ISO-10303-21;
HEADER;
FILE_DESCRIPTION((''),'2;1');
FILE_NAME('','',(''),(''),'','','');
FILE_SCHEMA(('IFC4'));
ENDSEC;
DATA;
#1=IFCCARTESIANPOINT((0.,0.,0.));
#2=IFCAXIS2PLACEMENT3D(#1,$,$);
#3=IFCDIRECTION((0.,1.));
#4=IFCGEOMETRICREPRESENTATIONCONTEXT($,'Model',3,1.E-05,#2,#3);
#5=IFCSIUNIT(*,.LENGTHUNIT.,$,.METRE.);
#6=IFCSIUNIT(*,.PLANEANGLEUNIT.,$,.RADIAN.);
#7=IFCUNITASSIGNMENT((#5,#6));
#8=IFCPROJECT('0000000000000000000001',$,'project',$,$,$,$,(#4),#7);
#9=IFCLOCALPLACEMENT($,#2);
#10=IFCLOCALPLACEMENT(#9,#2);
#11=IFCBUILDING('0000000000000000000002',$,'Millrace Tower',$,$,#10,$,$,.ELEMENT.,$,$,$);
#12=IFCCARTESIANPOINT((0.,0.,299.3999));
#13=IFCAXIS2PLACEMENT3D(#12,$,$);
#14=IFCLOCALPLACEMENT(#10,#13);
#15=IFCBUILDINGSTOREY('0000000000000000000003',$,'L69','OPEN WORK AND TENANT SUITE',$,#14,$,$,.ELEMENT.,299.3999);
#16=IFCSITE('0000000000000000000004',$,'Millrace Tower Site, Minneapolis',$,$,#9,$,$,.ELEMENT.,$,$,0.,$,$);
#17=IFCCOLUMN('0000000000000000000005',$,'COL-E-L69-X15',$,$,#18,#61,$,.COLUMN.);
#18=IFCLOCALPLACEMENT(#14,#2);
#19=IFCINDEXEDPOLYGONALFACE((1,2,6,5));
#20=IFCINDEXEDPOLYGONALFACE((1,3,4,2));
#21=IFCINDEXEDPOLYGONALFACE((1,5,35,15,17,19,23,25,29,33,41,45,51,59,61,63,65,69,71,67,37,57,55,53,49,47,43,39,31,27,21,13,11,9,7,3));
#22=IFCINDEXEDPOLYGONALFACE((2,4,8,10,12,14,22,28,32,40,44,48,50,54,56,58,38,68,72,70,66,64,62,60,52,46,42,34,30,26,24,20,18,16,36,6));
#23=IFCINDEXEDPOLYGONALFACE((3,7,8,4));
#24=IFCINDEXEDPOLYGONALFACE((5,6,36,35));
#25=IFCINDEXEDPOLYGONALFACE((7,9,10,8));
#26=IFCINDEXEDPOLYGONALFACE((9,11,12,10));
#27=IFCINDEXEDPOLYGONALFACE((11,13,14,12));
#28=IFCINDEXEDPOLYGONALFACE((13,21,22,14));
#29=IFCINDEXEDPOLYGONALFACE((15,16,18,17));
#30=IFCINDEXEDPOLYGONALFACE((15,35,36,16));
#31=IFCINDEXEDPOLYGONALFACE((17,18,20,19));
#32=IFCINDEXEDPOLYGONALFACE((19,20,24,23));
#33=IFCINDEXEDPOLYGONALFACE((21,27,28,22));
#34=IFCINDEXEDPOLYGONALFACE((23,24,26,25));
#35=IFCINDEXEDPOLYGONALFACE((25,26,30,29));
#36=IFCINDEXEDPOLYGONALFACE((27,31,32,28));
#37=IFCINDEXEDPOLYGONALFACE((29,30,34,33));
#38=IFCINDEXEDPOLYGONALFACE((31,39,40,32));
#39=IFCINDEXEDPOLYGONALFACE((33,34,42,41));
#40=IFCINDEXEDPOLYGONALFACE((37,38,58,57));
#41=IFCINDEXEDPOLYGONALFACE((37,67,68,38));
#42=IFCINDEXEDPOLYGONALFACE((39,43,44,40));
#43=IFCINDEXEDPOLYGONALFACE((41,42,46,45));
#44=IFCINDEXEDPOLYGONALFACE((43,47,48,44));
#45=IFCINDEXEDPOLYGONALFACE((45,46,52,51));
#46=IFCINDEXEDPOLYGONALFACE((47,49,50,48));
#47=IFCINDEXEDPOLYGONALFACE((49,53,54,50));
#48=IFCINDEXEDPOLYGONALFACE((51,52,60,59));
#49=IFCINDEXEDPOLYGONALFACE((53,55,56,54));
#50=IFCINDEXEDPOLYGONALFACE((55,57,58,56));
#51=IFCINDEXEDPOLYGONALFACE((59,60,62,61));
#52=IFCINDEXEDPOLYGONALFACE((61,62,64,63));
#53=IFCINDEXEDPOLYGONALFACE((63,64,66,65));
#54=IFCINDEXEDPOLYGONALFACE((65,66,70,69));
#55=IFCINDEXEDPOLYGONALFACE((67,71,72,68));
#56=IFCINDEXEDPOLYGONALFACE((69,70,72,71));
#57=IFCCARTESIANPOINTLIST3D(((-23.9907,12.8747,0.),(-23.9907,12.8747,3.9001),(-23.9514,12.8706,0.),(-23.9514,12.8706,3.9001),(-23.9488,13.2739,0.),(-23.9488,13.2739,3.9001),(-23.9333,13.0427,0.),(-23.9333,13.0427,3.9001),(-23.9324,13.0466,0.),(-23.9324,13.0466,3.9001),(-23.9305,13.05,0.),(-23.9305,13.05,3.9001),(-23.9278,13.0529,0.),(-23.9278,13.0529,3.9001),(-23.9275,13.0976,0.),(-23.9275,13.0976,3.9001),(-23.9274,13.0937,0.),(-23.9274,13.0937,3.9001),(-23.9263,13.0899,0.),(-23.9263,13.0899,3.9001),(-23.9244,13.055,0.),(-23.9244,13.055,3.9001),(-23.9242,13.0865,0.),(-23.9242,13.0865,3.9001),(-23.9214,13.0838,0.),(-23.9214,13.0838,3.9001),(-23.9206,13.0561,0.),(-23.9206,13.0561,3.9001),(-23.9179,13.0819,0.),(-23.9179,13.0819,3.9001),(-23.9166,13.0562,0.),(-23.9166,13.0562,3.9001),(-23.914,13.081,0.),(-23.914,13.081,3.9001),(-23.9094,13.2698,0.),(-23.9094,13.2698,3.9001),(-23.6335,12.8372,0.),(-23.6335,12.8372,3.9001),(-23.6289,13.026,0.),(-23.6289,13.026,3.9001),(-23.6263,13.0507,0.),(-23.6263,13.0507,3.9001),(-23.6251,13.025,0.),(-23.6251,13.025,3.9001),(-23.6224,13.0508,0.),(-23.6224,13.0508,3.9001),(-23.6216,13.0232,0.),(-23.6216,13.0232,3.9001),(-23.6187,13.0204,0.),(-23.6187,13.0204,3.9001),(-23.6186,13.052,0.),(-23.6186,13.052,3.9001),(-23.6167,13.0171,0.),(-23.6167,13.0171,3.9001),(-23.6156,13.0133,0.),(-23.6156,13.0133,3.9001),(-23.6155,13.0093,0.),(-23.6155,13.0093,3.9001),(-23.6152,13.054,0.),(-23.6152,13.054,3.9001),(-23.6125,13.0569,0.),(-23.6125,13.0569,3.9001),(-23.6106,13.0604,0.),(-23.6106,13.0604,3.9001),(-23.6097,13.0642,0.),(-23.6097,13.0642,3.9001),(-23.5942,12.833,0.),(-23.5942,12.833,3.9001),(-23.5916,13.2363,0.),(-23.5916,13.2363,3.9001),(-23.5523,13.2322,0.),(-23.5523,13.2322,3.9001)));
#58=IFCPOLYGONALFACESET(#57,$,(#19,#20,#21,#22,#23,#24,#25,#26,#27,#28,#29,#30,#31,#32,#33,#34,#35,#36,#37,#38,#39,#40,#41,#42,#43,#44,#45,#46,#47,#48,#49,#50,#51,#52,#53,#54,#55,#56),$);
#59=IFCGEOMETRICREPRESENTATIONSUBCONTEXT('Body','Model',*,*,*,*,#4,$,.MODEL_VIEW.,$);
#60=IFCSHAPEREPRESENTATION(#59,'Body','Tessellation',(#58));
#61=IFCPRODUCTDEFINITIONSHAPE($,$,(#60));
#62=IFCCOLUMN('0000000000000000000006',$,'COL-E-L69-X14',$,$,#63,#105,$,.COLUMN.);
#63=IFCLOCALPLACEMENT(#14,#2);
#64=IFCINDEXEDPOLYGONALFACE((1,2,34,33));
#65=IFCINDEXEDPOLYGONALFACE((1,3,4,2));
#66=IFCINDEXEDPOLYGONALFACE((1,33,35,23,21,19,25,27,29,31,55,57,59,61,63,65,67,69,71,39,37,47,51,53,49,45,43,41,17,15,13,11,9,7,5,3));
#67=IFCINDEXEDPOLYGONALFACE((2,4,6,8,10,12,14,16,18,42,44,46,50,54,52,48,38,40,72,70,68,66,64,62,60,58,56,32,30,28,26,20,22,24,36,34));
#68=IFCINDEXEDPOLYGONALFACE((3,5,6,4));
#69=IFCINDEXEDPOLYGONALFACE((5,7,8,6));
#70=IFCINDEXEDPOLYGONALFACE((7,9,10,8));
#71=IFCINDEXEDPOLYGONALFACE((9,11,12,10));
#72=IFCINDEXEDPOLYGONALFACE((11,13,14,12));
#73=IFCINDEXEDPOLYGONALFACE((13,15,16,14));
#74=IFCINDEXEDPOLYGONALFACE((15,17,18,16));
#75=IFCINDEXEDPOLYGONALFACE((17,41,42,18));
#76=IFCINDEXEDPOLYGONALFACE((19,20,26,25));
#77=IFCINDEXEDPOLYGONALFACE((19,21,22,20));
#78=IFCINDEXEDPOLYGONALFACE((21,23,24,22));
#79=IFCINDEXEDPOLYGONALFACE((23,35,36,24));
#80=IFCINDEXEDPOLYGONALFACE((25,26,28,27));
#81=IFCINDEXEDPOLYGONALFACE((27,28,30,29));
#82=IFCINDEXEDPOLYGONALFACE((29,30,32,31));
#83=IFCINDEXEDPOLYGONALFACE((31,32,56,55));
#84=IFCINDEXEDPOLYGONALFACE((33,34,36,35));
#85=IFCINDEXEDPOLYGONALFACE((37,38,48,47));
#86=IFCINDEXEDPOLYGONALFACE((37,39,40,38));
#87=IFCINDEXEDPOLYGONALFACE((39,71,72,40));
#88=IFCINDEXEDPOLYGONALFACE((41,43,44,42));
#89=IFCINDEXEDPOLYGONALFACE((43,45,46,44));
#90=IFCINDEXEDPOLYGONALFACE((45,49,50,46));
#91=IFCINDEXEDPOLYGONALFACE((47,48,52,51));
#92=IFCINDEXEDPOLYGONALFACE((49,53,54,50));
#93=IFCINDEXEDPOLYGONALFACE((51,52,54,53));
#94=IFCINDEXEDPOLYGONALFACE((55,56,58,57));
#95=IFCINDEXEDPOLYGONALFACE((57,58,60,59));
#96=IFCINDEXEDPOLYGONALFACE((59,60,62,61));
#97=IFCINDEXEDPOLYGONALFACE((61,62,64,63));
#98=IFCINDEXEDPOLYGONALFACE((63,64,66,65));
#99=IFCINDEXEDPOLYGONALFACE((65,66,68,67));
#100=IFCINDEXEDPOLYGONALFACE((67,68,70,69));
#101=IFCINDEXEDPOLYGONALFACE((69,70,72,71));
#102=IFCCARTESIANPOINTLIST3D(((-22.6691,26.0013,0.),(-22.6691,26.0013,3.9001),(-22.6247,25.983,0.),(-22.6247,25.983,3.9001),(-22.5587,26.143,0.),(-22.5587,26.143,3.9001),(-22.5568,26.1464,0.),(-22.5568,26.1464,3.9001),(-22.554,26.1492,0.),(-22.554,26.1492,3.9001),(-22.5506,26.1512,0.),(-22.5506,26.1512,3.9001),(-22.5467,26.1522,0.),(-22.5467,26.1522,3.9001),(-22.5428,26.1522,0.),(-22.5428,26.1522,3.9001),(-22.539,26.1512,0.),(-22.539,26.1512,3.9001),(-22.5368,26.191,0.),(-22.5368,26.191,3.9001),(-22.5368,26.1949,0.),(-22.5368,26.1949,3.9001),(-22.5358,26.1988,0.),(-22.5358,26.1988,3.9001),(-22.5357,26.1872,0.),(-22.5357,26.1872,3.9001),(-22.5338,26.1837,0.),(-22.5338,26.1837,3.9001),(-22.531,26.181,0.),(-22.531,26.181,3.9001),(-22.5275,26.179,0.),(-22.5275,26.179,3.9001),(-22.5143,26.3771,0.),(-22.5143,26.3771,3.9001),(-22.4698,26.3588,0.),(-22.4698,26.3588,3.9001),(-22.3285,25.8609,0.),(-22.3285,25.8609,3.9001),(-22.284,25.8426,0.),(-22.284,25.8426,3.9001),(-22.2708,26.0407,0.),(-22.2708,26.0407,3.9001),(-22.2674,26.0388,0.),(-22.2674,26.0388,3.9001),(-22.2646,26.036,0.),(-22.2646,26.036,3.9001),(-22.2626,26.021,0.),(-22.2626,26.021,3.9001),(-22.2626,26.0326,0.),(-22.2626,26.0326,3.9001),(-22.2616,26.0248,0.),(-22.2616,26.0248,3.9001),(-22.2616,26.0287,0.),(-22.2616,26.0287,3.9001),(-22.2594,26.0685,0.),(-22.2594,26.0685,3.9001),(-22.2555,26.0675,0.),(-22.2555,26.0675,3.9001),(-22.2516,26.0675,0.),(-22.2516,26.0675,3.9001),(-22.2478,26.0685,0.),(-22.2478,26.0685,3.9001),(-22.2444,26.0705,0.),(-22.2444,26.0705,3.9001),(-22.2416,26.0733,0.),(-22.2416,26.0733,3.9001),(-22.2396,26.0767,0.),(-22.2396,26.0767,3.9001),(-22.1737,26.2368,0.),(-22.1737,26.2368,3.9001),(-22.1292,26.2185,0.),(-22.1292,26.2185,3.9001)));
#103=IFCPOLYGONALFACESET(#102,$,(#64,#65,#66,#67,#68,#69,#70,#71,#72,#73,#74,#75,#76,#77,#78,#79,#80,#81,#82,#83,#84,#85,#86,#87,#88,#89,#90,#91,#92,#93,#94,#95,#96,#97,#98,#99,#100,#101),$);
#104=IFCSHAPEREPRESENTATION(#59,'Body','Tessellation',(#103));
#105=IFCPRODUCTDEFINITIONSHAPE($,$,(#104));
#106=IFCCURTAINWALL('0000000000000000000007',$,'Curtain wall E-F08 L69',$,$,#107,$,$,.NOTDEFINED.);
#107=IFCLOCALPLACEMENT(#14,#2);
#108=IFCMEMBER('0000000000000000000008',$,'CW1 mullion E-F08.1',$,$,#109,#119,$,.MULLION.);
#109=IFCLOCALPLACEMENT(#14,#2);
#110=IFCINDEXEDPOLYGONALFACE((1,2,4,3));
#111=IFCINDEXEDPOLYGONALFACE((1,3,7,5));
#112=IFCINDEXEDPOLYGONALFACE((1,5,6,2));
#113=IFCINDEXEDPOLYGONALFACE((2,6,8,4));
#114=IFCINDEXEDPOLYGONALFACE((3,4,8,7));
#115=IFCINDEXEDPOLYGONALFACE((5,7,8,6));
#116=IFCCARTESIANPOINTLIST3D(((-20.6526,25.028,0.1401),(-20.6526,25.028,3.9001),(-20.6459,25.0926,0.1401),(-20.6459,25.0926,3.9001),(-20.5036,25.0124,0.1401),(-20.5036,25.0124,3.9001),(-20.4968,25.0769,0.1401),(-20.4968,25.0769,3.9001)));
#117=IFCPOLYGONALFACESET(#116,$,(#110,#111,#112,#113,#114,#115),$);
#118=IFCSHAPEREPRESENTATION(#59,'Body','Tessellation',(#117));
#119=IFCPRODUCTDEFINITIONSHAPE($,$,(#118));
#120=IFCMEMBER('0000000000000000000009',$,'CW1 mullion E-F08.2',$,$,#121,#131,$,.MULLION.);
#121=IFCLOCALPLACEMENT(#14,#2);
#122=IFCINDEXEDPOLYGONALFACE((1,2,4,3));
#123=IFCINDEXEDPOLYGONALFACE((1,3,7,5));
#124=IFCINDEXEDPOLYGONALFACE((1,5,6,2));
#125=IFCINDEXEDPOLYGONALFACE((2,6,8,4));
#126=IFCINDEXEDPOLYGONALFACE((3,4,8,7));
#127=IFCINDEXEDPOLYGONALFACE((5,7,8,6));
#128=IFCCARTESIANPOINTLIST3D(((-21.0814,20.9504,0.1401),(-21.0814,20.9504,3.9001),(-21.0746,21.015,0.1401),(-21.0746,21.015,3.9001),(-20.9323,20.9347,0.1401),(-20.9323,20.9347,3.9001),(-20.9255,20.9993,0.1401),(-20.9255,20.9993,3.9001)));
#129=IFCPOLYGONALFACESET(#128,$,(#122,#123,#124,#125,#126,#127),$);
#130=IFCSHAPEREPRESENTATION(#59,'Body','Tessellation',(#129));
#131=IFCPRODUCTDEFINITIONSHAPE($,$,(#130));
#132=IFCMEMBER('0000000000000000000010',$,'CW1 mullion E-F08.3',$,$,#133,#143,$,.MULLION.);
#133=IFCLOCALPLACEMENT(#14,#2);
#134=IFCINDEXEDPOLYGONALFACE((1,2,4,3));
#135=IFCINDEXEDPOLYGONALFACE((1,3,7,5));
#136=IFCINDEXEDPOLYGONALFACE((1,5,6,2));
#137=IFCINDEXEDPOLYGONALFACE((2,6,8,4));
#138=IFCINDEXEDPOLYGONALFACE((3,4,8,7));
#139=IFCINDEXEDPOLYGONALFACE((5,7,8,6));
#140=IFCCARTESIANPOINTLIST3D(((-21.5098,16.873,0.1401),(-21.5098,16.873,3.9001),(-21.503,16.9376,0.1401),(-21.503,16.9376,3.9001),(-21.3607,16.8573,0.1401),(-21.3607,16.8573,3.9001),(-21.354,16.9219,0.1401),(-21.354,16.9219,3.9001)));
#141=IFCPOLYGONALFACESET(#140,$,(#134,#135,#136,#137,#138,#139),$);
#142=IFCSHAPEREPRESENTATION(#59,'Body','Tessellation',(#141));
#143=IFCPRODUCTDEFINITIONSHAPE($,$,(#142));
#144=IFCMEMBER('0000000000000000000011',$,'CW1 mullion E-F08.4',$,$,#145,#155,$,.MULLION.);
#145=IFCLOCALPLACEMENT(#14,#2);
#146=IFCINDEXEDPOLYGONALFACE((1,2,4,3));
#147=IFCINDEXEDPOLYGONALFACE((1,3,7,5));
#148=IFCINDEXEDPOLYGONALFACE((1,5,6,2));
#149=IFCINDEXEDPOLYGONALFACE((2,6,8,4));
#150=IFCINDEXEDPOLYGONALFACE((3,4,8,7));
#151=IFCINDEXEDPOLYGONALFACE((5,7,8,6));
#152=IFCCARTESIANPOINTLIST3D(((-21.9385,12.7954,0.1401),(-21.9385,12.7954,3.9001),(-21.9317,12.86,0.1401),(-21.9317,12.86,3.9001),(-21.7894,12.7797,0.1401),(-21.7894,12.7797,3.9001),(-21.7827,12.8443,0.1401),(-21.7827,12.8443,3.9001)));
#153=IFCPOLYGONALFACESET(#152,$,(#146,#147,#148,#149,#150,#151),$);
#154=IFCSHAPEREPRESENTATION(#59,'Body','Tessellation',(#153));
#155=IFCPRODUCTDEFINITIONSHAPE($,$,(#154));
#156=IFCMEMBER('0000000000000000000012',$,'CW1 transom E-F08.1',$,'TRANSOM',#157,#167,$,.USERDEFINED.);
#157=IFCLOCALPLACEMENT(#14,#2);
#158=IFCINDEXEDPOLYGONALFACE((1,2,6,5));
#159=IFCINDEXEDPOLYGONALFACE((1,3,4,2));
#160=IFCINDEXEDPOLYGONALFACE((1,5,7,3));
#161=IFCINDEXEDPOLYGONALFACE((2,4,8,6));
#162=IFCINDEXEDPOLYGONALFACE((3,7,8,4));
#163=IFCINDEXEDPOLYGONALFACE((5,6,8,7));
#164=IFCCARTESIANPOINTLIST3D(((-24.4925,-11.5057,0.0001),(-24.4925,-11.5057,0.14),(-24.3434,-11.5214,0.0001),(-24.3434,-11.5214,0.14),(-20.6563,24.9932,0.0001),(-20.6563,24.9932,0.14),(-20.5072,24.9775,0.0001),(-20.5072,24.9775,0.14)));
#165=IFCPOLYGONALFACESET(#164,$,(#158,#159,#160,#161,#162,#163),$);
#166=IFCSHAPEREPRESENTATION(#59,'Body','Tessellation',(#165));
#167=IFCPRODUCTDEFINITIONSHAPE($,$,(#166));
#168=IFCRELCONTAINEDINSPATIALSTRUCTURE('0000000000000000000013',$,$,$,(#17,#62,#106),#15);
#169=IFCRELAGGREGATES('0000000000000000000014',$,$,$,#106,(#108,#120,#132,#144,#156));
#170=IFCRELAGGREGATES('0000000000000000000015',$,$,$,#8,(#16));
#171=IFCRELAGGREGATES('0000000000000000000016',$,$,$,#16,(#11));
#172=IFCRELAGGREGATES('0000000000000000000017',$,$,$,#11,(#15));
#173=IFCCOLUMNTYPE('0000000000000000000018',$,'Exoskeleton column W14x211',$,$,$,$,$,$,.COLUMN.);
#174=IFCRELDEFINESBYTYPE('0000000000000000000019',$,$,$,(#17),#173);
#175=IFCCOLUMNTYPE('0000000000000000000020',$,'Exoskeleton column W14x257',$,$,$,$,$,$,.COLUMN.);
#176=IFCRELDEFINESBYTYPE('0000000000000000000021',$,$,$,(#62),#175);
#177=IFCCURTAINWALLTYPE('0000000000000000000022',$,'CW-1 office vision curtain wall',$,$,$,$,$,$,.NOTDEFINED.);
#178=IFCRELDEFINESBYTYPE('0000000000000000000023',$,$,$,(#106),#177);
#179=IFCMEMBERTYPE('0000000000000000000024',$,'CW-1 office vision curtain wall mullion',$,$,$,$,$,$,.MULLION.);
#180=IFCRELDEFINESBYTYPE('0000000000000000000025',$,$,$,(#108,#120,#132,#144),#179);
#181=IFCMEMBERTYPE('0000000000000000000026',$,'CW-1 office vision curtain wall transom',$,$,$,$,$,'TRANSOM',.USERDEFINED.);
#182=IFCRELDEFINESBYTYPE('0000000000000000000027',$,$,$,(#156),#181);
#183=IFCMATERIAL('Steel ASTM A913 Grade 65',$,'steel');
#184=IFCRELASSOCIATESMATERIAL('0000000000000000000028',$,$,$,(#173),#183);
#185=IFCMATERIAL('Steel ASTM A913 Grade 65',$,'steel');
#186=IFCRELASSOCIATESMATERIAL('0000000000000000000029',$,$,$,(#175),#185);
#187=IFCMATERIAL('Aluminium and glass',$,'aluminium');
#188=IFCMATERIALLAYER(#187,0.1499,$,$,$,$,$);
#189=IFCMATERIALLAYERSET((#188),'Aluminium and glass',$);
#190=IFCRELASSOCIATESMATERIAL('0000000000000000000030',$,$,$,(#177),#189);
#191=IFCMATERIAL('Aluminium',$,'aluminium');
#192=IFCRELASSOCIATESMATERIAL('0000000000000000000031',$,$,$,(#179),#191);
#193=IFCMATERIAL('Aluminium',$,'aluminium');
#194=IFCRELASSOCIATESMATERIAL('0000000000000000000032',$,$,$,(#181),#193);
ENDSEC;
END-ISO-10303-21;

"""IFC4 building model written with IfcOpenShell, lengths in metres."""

from ifc_helpers import new_model, si_unit, direction, frame, origin, origin_2d, place, context, subcontext, project, spatial, rectangle, i_section, extrude, material, layer, layer_set, material_profile, profile_set, type_object, element, aggregate, save


model = new_model("IFC4")

# Units and contexts
model_context = context("Model", 3, precision=1e-05, world=origin(), true_north=direction((0.0, 1.0)))
body_context = subcontext(model_context, "Body", "Model", "MODEL_VIEW")
ifc_project = project(units=[si_unit("LENGTHUNIT", "METRE"), si_unit("PLANEANGLEUNIT", "RADIAN")], contexts=[model_context])

# Site, building, storey
site_placement = place(None, origin())
site = spatial("IfcSite", under=ifc_project, at=site_placement, Name="Millrace Tower Site, Minneapolis", CompositionType="ELEMENT", RefElevation=0.0)
building_placement = place(site_placement, origin())
building = spatial("IfcBuilding", under=site, at=building_placement, Name="Millrace Tower", CompositionType="ELEMENT")
storey_placement = place(building_placement, frame((0.0, 0.0, 299.3999)))
storey = spatial("IfcBuildingStorey", under=building, at=storey_placement, Name="L69", Description="OPEN WORK AND TENANT SUITE", CompositionType="ELEMENT", Elevation=299.3999)

# Columns
ifc_material_1 = material(Name="Steel ASTM A913 Grade 65", Category="steel")
ifc_material_profile_1 = material_profile(ifc_material_1, i_section(OverallWidth=0.4014, OverallDepth=0.3987, WebThickness=0.0249, FlangeThickness=0.0396, FilletRadius=0.0151, at=origin_2d()))
ifc_profile_set_1 = profile_set([ifc_material_profile_1], Name="Steel ASTM A913 Grade 65")
column_type_1 = type_object("IfcColumnType", Name="Exoskeleton column W14x211", PredefinedType="COLUMN", material=ifc_profile_set_1)
column_1_placement = place(storey_placement, frame((-23.7715, 13.0535, 0.0), z_axis=(0.0, 0.0, 1.0), x_axis=(-0.104528, -0.994522, 0.0)))
element("IfcColumn", 1, at=column_1_placement, inside=storey, type_object=column_type_1, Name="COL-E-L69-X15", PredefinedType="COLUMN", context=body_context, shape_type="SweptSolid", body=[
    extrude(i_section(OverallWidth=0.4014, OverallDepth=0.3987, WebThickness=0.0249, FlangeThickness=0.0396, FilletRadius=0.0151, at=origin_2d()), origin(), (0.0, 0.0, 1.0), 3.9001),
])
ifc_material_2 = material(Name="Steel ASTM A913 Grade 65", Category="steel")
ifc_material_profile_2 = material_profile(ifc_material_2, i_section(OverallWidth=0.4065, OverallDepth=0.4165, WebThickness=0.03, FlangeThickness=0.0481, FilletRadius=0.0151, at=origin_2d()))
ifc_profile_set_2 = profile_set([ifc_material_profile_2], Name="Steel ASTM A913 Grade 65")
column_type_2 = type_object("IfcColumnType", Name="Exoskeleton column W14x257", PredefinedType="COLUMN", material=ifc_profile_set_2)
column_2_placement = place(storey_placement, frame((-22.3992, 26.1099, 0.0), z_axis=(0.0, 0.0, 1.0), x_axis=(-0.380947, -0.924597, 0.0)))
element("IfcColumn", 2, at=column_2_placement, inside=storey, type_object=column_type_2, Name="COL-E-L69-X14", PredefinedType="COLUMN", context=body_context, shape_type="SweptSolid", body=[
    extrude(i_section(OverallWidth=0.4065, OverallDepth=0.4165, WebThickness=0.03, FlangeThickness=0.0481, FilletRadius=0.0151, at=origin_2d()), origin(), (0.0, 0.0, 1.0), 3.9001),
])

# Curtain wall, members
ifc_material_3 = material(Name="Aluminium and glass", Category="aluminium")
ifc_layer_1 = layer(ifc_material_3, 0.1499)
ifc_layer_set_1 = layer_set([ifc_layer_1], Name="Aluminium and glass")
curtain_wall_type = type_object("IfcCurtainWallType", Name="CW-1 office vision curtain wall", PredefinedType="NOTDEFINED", material=ifc_layer_set_1)
curtain_wall_placement = place(storey_placement, origin())
curtain_wall = element("IfcCurtainWall", 3, at=curtain_wall_placement, inside=storey, type_object=curtain_wall_type, Name="Curtain wall E-F08 L69", PredefinedType="NOTDEFINED")
ifc_material_4 = material(Name="Aluminium", Category="aluminium")
ifc_material_profile_3 = material_profile(ifc_material_4, rectangle(XDim=0.0649, YDim=0.1499, at=origin_2d()))
ifc_profile_set_3 = profile_set([ifc_material_profile_3], Name="Aluminium")
member_type_1 = type_object("IfcMemberType", Name="CW-1 office vision curtain wall mullion", PredefinedType="MULLION", material=ifc_profile_set_3)
member_1_placement = place(storey_placement, frame((-20.5747, 25.0525, 0.1401), z_axis=(0.0, 0.0, 1.0), x_axis=(-0.104528, -0.994522, 0.0)))
member_1 = element("IfcMember", 4, at=member_1_placement, type_object=member_type_1, Name="CW1 mullion E-F08.1", PredefinedType="MULLION", context=body_context, shape_type="SweptSolid", body=[
    extrude(rectangle(XDim=0.0649, YDim=0.1499, at=origin_2d()), origin(), (0.0, 0.0, 1.0), 3.76),
])
member_2_placement = place(storey_placement, frame((-21.0034, 20.9749, 0.1401), z_axis=(0.0, 0.0, 1.0), x_axis=(-0.104528, -0.994522, 0.0)))
member_2 = element("IfcMember", 5, at=member_2_placement, type_object=member_type_1, Name="CW1 mullion E-F08.2", PredefinedType="MULLION", context=body_context, shape_type="SweptSolid", body=[
    extrude(rectangle(XDim=0.0649, YDim=0.1499, at=origin_2d()), origin(), (0.0, 0.0, 1.0), 3.76),
])
member_3_placement = place(storey_placement, frame((-21.4319, 16.8975, 0.1401), z_axis=(0.0, 0.0, 1.0), x_axis=(-0.104528, -0.994522, 0.0)))
member_3 = element("IfcMember", 6, at=member_3_placement, type_object=member_type_1, Name="CW1 mullion E-F08.3", PredefinedType="MULLION", context=body_context, shape_type="SweptSolid", body=[
    extrude(rectangle(XDim=0.0649, YDim=0.1499, at=origin_2d()), origin(), (0.0, 0.0, 1.0), 3.76),
])
member_4_placement = place(storey_placement, frame((-21.8606, 12.8198, 0.1401), z_axis=(0.0, 0.0, 1.0), x_axis=(-0.104528, -0.994522, 0.0)))
member_4 = element("IfcMember", 7, at=member_4_placement, type_object=member_type_1, Name="CW1 mullion E-F08.4", PredefinedType="MULLION", context=body_context, shape_type="SweptSolid", body=[
    extrude(rectangle(XDim=0.0649, YDim=0.1499, at=origin_2d()), origin(), (0.0, 0.0, 1.0), 3.76),
])
ifc_material_5 = material(Name="Aluminium", Category="aluminium")
ifc_material_profile_4 = material_profile(ifc_material_5, rectangle(XDim=0.1499, YDim=0.1399, at=origin_2d()))
ifc_profile_set_4 = profile_set([ifc_material_profile_4], Name="Aluminium")
member_type_2 = type_object("IfcMemberType", Name="CW-1 office vision curtain wall transom", ElementType="TRANSOM", PredefinedType="USERDEFINED", material=ifc_profile_set_4)
member_5_placement = place(storey_placement, frame((-20.5818, 24.9854, 0.0701), z_axis=(-0.104528, -0.994522, 0.0), x_axis=(0.994522, -0.104528, 0.0)))
member_5 = element("IfcMember", 8, at=member_5_placement, type_object=member_type_2, Name="CW1 transom E-F08.1", ObjectType="TRANSOM", PredefinedType="USERDEFINED", context=body_context, shape_type="SweptSolid", body=[
    extrude(rectangle(XDim=0.1499, YDim=0.1399, at=origin_2d()), origin(), (0.0, 0.0, 1.0), 36.7),
])
aggregate(curtain_wall, [member_1, member_2, member_3, member_4, member_5])

save(model, "model.ifc")
